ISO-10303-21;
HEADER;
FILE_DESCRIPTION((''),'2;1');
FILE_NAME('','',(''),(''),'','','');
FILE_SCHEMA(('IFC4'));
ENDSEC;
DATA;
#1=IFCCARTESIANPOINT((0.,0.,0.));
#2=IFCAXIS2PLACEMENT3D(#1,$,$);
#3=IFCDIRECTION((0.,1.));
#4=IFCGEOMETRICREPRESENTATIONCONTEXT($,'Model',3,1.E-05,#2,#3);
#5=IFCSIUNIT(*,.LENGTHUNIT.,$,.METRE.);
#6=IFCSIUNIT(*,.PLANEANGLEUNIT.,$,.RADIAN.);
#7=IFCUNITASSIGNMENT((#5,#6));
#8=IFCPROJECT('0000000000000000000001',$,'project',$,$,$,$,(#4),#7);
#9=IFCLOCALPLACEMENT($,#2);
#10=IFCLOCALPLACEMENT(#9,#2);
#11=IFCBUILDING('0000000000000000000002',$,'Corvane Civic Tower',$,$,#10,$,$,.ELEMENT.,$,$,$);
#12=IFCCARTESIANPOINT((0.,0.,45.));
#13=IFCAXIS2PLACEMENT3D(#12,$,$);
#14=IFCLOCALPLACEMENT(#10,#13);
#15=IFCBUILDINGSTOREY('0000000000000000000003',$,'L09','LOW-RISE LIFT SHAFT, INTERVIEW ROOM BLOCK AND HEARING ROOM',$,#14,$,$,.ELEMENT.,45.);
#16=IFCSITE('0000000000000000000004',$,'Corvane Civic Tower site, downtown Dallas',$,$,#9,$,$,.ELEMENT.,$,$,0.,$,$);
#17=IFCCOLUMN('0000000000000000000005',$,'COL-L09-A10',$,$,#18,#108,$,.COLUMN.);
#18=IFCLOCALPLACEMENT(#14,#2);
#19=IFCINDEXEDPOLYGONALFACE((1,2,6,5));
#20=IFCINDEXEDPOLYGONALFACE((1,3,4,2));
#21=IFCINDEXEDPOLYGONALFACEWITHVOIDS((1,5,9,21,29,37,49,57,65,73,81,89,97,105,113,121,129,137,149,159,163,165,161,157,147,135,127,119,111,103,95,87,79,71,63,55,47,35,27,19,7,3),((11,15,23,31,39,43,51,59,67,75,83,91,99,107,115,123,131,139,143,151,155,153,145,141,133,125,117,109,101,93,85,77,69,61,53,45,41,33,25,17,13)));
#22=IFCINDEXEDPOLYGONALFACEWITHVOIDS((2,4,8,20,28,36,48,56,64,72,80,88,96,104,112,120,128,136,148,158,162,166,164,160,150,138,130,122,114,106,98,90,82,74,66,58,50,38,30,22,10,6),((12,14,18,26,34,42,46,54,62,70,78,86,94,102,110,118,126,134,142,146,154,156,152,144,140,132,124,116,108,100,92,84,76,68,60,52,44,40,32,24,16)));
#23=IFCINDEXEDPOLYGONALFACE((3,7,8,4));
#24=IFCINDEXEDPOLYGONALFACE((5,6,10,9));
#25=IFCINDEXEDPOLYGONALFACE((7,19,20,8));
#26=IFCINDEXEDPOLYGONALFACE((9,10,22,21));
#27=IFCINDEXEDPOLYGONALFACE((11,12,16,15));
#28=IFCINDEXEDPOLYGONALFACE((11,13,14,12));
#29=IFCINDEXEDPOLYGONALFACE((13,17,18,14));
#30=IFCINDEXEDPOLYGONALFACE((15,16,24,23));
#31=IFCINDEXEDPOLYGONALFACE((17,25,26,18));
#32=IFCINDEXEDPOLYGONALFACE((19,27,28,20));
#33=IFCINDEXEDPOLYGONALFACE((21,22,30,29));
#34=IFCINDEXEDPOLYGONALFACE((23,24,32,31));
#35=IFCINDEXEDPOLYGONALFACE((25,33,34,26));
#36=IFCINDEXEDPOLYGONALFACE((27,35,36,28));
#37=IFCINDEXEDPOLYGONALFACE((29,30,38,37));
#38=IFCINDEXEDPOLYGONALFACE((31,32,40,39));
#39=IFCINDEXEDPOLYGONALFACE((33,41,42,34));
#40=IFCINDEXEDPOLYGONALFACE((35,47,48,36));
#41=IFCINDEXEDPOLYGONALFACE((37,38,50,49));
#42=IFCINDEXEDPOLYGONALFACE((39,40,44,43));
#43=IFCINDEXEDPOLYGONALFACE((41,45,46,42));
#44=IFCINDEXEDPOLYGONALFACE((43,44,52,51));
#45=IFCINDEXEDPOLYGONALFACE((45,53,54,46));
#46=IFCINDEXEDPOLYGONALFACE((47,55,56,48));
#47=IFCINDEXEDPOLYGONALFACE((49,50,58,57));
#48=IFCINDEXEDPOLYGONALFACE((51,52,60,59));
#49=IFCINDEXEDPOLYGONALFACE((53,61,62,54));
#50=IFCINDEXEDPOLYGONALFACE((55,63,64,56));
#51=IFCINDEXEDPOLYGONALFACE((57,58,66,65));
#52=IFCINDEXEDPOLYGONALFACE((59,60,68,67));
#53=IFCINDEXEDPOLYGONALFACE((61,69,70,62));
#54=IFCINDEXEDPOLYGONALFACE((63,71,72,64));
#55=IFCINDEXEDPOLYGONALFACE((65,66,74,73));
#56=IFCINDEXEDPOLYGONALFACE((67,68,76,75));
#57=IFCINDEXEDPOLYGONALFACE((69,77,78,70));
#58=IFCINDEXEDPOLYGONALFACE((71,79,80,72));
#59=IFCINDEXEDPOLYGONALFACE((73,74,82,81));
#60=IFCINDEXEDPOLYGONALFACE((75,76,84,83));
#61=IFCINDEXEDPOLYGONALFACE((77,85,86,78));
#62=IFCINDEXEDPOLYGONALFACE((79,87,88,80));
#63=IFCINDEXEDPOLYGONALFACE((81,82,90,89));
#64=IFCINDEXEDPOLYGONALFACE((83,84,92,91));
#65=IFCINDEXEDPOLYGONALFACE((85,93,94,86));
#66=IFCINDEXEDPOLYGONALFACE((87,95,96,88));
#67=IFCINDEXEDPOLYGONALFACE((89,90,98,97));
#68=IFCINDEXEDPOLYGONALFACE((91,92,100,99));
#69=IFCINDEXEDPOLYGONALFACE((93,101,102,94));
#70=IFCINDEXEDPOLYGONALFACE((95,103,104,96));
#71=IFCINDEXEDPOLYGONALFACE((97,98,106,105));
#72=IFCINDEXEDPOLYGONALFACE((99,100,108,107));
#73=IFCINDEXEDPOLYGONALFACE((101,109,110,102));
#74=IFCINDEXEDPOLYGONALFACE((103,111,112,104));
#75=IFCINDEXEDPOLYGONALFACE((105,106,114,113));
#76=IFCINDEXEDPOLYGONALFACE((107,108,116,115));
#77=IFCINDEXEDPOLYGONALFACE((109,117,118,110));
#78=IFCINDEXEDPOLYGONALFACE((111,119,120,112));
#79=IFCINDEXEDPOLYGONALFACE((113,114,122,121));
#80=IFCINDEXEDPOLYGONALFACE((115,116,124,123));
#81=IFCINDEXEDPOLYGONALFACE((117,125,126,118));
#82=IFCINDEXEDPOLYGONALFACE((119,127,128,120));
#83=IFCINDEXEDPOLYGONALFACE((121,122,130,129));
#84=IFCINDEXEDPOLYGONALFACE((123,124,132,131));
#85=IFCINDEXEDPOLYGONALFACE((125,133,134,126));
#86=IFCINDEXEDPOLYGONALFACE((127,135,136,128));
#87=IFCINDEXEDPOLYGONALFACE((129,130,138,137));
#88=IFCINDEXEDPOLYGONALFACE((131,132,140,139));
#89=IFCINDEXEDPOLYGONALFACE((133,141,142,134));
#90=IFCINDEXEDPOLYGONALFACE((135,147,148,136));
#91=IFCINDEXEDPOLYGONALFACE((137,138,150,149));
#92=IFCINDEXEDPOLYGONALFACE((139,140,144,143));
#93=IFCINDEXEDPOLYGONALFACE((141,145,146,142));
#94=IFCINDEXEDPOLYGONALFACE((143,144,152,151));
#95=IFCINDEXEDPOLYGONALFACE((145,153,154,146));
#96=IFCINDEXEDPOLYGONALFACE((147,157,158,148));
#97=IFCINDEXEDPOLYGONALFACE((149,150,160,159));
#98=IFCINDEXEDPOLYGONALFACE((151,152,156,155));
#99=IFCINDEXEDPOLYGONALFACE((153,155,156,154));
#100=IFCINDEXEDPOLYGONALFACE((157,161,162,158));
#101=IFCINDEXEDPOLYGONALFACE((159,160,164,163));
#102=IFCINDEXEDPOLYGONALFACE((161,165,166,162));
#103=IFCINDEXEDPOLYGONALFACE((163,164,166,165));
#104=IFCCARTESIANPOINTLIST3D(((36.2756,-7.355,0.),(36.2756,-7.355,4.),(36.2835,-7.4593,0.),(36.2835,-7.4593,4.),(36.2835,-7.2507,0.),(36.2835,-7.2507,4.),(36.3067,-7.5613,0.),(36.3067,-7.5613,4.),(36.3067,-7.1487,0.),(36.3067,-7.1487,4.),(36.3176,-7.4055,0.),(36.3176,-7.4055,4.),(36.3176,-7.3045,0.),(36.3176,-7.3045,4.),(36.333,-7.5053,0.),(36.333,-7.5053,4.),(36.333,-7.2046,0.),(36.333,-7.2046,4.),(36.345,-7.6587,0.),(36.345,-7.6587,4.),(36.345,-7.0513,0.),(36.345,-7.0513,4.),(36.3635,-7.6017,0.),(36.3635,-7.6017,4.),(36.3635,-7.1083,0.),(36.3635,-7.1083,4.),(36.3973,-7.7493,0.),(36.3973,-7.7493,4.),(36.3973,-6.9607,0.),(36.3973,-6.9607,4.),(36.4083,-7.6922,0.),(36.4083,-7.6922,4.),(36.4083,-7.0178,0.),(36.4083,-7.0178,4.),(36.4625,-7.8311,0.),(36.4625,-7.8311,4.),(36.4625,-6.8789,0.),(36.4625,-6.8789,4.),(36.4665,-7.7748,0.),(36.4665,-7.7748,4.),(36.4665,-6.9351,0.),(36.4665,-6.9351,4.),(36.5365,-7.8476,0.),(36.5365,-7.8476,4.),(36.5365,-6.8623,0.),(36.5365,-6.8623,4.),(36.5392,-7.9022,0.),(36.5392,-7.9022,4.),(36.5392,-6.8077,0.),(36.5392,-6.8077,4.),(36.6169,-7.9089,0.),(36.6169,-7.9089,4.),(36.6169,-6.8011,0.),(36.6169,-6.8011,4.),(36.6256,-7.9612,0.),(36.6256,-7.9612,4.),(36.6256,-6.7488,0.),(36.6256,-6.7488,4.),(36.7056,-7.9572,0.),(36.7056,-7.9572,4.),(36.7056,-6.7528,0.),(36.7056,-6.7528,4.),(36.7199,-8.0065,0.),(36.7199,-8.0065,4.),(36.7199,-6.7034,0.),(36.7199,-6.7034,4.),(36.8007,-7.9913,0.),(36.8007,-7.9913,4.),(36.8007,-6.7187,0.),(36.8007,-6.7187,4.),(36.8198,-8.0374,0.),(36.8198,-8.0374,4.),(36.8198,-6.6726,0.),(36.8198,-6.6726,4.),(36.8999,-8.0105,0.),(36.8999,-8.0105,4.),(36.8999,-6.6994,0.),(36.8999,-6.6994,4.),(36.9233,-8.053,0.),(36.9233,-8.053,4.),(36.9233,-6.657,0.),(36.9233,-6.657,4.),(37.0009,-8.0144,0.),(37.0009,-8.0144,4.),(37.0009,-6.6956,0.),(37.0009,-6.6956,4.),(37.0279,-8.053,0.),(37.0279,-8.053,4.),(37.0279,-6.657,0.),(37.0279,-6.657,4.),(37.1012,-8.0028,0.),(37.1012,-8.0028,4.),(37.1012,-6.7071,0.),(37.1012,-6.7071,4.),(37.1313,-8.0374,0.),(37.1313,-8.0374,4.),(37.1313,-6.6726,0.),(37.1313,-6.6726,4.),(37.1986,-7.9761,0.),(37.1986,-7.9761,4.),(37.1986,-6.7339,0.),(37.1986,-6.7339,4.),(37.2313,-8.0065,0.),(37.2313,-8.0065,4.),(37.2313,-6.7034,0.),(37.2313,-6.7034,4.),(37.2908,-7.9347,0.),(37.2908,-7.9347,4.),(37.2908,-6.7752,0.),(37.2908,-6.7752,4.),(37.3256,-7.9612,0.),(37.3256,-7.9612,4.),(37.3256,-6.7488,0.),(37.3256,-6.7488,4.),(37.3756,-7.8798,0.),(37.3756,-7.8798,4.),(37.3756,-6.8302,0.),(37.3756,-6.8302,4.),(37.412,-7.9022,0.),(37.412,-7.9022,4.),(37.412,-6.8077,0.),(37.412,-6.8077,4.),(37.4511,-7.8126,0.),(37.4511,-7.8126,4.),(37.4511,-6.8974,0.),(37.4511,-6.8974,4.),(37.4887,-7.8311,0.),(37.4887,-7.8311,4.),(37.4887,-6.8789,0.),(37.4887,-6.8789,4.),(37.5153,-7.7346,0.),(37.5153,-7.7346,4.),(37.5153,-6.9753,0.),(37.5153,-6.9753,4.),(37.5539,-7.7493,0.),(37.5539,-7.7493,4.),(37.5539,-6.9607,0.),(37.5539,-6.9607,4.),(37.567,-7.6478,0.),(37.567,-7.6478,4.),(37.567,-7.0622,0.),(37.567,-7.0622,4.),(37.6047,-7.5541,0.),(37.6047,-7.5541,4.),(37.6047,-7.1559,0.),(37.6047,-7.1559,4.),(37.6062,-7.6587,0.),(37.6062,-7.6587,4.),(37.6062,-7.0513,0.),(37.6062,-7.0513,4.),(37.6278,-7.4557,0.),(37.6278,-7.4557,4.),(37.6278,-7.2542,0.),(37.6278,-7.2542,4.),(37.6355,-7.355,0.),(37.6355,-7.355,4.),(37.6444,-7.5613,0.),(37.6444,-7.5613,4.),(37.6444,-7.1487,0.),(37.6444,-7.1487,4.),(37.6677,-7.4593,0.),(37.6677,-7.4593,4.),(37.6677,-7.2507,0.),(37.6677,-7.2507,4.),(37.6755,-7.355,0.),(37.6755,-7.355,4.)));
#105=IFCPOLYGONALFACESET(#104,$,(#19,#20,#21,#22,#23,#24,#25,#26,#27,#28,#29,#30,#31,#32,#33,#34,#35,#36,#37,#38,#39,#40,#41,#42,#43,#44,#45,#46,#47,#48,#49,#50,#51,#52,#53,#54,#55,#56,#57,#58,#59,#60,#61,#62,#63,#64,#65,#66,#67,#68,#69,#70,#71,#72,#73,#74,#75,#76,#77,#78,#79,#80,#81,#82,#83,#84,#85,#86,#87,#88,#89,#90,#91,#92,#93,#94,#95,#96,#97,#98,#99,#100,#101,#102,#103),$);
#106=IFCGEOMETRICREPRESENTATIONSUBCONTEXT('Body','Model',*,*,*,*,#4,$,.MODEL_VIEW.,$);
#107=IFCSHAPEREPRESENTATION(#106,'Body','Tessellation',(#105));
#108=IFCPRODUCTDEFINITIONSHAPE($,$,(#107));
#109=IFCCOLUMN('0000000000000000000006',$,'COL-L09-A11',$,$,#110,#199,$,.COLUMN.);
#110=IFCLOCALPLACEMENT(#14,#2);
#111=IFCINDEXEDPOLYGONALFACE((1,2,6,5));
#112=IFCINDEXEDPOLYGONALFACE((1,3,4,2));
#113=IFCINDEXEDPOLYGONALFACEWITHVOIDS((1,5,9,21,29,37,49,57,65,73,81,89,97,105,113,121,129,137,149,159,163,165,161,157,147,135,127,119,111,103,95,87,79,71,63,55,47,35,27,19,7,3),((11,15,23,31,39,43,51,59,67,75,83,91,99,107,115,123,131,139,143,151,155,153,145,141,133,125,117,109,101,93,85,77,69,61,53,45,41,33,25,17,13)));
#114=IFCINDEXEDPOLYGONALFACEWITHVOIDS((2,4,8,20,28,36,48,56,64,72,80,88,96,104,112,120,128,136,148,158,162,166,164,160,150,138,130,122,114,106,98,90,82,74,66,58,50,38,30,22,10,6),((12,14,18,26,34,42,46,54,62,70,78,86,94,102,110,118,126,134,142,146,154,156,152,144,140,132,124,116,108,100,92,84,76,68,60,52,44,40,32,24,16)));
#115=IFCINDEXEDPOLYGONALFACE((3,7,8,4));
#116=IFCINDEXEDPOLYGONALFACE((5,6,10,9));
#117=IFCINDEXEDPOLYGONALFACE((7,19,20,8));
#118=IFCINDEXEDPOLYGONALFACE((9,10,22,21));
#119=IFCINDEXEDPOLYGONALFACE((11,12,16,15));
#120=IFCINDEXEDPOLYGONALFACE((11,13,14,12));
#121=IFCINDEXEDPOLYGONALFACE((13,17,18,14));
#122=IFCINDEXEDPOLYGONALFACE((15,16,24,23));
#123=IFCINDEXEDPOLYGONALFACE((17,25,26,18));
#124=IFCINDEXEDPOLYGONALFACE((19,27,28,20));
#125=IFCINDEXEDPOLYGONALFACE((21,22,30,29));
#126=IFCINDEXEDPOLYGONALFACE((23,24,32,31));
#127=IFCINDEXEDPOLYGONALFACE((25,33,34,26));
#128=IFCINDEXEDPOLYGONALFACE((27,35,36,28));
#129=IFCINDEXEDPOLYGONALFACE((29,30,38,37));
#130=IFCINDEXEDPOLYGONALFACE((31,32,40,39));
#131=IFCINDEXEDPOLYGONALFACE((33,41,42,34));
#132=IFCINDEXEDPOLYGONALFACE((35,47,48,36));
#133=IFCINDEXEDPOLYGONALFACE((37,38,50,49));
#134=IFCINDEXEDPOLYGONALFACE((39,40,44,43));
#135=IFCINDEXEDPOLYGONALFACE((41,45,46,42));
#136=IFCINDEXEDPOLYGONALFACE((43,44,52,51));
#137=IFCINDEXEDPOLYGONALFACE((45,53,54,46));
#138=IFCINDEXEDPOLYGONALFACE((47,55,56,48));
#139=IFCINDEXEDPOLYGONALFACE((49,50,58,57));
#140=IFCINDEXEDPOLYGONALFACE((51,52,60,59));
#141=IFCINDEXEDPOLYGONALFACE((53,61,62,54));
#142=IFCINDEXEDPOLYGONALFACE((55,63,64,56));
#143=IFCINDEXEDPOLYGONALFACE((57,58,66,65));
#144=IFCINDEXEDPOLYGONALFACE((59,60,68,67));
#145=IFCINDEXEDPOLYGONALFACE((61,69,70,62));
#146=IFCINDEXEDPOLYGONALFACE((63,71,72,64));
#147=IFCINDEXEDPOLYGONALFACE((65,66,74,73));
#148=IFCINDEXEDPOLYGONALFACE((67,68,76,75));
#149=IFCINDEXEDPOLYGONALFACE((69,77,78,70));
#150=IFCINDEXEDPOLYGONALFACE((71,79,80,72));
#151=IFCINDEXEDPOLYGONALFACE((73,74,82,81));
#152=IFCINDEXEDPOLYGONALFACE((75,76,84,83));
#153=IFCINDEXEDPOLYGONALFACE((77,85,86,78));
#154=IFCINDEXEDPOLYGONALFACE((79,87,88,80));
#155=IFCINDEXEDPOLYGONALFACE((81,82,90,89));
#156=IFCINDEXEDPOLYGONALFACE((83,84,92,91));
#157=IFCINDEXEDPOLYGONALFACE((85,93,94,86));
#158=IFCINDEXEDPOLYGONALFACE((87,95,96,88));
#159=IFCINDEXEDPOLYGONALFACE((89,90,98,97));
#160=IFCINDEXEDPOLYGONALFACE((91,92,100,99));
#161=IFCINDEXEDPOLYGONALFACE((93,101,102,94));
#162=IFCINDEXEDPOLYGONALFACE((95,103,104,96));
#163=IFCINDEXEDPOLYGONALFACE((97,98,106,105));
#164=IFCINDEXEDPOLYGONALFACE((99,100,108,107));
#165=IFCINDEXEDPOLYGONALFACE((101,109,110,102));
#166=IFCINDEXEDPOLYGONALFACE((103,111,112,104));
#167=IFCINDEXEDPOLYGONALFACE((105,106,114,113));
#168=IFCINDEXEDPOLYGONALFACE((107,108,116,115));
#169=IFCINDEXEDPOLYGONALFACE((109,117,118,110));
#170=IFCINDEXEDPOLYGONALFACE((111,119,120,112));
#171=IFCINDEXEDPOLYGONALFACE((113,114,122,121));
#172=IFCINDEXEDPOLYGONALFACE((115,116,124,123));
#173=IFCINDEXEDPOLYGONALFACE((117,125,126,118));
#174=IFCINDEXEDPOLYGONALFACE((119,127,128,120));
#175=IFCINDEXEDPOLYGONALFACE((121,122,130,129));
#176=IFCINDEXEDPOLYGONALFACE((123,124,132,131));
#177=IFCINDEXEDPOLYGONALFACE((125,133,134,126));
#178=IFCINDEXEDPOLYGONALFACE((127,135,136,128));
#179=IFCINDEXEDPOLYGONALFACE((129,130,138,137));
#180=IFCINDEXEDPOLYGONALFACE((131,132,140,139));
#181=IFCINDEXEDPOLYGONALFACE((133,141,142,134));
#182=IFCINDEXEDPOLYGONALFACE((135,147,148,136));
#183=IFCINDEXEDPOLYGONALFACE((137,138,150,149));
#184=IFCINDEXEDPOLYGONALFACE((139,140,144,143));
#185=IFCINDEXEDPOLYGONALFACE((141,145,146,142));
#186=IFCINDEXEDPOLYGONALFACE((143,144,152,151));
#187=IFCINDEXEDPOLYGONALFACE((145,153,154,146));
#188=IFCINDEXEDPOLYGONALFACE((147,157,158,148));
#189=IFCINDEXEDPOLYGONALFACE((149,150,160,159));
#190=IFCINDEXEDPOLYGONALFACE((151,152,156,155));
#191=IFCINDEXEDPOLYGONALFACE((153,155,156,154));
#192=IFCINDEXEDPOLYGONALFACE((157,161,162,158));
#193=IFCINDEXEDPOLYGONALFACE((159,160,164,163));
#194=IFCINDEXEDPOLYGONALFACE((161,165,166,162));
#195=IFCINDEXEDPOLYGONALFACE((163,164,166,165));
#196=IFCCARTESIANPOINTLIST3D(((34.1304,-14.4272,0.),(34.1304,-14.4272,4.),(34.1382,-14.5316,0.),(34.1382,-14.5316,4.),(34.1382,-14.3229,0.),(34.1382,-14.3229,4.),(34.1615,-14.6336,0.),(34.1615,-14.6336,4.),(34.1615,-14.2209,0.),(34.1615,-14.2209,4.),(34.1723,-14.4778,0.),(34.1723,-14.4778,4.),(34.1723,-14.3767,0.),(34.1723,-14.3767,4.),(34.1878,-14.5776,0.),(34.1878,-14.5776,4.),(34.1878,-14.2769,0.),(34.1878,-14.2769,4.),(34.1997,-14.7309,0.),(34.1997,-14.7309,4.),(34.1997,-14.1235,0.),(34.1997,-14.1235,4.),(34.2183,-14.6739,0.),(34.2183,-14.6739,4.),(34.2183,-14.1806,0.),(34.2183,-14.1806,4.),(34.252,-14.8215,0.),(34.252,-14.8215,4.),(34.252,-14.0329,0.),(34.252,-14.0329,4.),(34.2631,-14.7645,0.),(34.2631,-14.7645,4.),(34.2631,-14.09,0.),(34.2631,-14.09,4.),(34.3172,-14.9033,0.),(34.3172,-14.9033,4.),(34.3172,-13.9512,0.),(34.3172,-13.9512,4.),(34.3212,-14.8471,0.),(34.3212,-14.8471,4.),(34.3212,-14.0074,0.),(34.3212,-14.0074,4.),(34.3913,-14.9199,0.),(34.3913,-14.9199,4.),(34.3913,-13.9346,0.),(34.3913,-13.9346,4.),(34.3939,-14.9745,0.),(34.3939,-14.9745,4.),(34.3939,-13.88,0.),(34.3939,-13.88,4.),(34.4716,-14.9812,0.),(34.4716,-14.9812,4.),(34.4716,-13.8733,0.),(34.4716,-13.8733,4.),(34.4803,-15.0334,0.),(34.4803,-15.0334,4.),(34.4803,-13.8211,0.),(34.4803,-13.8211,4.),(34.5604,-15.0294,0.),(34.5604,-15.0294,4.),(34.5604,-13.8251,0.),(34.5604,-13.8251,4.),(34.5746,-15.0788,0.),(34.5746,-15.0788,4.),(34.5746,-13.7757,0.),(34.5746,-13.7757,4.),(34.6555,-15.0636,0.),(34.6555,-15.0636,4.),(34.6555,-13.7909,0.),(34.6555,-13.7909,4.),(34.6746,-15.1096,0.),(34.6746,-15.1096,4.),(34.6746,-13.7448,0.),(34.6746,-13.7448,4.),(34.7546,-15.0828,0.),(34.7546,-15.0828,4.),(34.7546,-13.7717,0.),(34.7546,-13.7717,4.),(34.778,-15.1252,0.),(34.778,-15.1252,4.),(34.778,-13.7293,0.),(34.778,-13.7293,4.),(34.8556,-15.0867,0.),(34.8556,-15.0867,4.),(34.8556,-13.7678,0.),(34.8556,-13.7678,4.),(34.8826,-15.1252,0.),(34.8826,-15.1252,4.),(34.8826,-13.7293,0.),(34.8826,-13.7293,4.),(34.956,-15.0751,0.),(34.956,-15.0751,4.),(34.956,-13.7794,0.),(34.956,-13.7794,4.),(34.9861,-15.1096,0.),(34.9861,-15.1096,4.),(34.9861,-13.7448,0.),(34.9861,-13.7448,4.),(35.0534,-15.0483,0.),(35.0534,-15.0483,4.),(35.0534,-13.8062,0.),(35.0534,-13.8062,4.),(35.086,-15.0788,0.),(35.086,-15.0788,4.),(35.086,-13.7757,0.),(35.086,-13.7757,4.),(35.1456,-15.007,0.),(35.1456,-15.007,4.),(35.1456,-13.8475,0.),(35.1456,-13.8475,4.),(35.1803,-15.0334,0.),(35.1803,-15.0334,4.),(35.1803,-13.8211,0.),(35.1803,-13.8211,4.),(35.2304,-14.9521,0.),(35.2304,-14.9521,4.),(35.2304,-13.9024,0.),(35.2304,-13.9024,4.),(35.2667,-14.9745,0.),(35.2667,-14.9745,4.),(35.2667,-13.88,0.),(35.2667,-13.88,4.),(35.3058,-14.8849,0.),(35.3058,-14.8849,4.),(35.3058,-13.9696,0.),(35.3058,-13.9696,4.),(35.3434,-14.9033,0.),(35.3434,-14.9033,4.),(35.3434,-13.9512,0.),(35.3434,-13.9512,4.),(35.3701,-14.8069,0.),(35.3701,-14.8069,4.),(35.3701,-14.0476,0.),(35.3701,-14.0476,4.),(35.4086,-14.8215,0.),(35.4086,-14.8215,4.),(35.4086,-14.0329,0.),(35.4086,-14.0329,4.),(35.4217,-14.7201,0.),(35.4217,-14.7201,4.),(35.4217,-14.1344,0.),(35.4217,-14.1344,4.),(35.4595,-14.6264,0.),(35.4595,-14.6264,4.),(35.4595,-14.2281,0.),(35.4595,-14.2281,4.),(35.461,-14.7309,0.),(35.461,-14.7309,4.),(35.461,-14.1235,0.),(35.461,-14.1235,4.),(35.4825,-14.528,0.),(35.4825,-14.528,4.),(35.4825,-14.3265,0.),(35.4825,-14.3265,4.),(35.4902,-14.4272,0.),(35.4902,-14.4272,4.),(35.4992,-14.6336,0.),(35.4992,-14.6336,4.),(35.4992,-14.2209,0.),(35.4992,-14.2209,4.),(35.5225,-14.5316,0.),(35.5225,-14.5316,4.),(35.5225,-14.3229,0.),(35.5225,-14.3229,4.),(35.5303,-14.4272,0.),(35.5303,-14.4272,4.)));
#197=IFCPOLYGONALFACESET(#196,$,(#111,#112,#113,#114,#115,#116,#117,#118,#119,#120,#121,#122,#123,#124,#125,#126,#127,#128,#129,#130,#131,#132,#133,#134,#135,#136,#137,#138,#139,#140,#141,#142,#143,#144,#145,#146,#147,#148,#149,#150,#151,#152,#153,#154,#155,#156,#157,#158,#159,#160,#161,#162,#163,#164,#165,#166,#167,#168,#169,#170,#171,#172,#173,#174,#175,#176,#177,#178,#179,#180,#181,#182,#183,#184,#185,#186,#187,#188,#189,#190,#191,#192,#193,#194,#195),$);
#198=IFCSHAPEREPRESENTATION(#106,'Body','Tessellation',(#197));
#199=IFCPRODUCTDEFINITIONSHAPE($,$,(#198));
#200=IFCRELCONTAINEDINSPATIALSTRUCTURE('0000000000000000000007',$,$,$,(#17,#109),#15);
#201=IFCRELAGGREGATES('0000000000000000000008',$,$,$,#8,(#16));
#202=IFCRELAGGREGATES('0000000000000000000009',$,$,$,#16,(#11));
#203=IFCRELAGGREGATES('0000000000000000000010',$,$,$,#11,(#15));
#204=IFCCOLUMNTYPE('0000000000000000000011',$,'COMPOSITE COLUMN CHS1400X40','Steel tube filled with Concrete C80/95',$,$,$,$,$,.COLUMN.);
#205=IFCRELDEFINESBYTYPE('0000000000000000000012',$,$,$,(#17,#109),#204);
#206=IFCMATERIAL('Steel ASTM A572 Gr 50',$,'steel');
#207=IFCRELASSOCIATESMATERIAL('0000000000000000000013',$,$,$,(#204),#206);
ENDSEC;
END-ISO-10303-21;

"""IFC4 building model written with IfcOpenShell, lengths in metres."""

from ifc_helpers import new_model, si_unit, direction, frame, origin, origin_2d, place, context, subcontext, project, spatial, hollow_circle, extrude, material, material_profile, profile_set, type_object, element, save


model = new_model("IFC4")

# Units and contexts
model_context = context("Model", 3, precision=1e-05, world=origin(), true_north=direction((0.0, 1.0)))
body_context = subcontext(model_context, "Body", "Model", "MODEL_VIEW")
ifc_project = project(units=[si_unit("LENGTHUNIT", "METRE"), si_unit("PLANEANGLEUNIT", "RADIAN")], contexts=[model_context])

# Site, building, storey
site_placement = place(None, origin())
site = spatial("IfcSite", under=ifc_project, at=site_placement, Name="Corvane Civic Tower site, downtown Dallas", CompositionType="ELEMENT", RefElevation=0.0)
building_placement = place(site_placement, origin())
building = spatial("IfcBuilding", under=site, at=building_placement, Name="Corvane Civic Tower", CompositionType="ELEMENT")
storey_placement = place(building_placement, frame((0.0, 0.0, 45.0)))
storey = spatial("IfcBuildingStorey", under=building, at=storey_placement, Name="L09", Description="LOW-RISE LIFT SHAFT, INTERVIEW ROOM BLOCK AND HEARING ROOM", CompositionType="ELEMENT", Elevation=45.0)

# Columns
ifc_material_1 = material(Name="Steel ASTM A572 Gr 50", Category="steel")
ifc_material_profile_1 = material_profile(ifc_material_1, hollow_circle(Radius=0.7, WallThickness=0.04, at=origin_2d()), Name="CHS1400X40")
ifc_profile_set_1 = profile_set([ifc_material_profile_1], Name="Steel ASTM A572 Gr 50")
column_type = type_object("IfcColumnType", Name="COMPOSITE COLUMN CHS1400X40", Description="Steel tube filled with Concrete C80/95", PredefinedType="COLUMN", material=ifc_profile_set_1)
for number, where, z_axis, x_axis, name in (
    (1, (36.9756, -7.355, 0.0), (0.0, 0.0, 1.0), (1.0, 0.0, 0.0), "COL-L09-A10"),
    (2, (34.8303, -14.4272, 0.0), (0.0, 0.0, 1.0), (1.0, 0.0, 0.0), "COL-L09-A11"),
):
    element("IfcColumn", number, at=place(storey_placement, frame(where, z_axis=z_axis, x_axis=x_axis)), inside=storey, type_object=column_type, Name=name, PredefinedType="COLUMN", context=body_context, shape_type="SweptSolid", body=[
        extrude(hollow_circle(Radius=0.7, WallThickness=0.04, at=origin_2d()), origin(), (0.0, 0.0, 1.0), 4.0),
    ])

save(model, "model.ifc")
